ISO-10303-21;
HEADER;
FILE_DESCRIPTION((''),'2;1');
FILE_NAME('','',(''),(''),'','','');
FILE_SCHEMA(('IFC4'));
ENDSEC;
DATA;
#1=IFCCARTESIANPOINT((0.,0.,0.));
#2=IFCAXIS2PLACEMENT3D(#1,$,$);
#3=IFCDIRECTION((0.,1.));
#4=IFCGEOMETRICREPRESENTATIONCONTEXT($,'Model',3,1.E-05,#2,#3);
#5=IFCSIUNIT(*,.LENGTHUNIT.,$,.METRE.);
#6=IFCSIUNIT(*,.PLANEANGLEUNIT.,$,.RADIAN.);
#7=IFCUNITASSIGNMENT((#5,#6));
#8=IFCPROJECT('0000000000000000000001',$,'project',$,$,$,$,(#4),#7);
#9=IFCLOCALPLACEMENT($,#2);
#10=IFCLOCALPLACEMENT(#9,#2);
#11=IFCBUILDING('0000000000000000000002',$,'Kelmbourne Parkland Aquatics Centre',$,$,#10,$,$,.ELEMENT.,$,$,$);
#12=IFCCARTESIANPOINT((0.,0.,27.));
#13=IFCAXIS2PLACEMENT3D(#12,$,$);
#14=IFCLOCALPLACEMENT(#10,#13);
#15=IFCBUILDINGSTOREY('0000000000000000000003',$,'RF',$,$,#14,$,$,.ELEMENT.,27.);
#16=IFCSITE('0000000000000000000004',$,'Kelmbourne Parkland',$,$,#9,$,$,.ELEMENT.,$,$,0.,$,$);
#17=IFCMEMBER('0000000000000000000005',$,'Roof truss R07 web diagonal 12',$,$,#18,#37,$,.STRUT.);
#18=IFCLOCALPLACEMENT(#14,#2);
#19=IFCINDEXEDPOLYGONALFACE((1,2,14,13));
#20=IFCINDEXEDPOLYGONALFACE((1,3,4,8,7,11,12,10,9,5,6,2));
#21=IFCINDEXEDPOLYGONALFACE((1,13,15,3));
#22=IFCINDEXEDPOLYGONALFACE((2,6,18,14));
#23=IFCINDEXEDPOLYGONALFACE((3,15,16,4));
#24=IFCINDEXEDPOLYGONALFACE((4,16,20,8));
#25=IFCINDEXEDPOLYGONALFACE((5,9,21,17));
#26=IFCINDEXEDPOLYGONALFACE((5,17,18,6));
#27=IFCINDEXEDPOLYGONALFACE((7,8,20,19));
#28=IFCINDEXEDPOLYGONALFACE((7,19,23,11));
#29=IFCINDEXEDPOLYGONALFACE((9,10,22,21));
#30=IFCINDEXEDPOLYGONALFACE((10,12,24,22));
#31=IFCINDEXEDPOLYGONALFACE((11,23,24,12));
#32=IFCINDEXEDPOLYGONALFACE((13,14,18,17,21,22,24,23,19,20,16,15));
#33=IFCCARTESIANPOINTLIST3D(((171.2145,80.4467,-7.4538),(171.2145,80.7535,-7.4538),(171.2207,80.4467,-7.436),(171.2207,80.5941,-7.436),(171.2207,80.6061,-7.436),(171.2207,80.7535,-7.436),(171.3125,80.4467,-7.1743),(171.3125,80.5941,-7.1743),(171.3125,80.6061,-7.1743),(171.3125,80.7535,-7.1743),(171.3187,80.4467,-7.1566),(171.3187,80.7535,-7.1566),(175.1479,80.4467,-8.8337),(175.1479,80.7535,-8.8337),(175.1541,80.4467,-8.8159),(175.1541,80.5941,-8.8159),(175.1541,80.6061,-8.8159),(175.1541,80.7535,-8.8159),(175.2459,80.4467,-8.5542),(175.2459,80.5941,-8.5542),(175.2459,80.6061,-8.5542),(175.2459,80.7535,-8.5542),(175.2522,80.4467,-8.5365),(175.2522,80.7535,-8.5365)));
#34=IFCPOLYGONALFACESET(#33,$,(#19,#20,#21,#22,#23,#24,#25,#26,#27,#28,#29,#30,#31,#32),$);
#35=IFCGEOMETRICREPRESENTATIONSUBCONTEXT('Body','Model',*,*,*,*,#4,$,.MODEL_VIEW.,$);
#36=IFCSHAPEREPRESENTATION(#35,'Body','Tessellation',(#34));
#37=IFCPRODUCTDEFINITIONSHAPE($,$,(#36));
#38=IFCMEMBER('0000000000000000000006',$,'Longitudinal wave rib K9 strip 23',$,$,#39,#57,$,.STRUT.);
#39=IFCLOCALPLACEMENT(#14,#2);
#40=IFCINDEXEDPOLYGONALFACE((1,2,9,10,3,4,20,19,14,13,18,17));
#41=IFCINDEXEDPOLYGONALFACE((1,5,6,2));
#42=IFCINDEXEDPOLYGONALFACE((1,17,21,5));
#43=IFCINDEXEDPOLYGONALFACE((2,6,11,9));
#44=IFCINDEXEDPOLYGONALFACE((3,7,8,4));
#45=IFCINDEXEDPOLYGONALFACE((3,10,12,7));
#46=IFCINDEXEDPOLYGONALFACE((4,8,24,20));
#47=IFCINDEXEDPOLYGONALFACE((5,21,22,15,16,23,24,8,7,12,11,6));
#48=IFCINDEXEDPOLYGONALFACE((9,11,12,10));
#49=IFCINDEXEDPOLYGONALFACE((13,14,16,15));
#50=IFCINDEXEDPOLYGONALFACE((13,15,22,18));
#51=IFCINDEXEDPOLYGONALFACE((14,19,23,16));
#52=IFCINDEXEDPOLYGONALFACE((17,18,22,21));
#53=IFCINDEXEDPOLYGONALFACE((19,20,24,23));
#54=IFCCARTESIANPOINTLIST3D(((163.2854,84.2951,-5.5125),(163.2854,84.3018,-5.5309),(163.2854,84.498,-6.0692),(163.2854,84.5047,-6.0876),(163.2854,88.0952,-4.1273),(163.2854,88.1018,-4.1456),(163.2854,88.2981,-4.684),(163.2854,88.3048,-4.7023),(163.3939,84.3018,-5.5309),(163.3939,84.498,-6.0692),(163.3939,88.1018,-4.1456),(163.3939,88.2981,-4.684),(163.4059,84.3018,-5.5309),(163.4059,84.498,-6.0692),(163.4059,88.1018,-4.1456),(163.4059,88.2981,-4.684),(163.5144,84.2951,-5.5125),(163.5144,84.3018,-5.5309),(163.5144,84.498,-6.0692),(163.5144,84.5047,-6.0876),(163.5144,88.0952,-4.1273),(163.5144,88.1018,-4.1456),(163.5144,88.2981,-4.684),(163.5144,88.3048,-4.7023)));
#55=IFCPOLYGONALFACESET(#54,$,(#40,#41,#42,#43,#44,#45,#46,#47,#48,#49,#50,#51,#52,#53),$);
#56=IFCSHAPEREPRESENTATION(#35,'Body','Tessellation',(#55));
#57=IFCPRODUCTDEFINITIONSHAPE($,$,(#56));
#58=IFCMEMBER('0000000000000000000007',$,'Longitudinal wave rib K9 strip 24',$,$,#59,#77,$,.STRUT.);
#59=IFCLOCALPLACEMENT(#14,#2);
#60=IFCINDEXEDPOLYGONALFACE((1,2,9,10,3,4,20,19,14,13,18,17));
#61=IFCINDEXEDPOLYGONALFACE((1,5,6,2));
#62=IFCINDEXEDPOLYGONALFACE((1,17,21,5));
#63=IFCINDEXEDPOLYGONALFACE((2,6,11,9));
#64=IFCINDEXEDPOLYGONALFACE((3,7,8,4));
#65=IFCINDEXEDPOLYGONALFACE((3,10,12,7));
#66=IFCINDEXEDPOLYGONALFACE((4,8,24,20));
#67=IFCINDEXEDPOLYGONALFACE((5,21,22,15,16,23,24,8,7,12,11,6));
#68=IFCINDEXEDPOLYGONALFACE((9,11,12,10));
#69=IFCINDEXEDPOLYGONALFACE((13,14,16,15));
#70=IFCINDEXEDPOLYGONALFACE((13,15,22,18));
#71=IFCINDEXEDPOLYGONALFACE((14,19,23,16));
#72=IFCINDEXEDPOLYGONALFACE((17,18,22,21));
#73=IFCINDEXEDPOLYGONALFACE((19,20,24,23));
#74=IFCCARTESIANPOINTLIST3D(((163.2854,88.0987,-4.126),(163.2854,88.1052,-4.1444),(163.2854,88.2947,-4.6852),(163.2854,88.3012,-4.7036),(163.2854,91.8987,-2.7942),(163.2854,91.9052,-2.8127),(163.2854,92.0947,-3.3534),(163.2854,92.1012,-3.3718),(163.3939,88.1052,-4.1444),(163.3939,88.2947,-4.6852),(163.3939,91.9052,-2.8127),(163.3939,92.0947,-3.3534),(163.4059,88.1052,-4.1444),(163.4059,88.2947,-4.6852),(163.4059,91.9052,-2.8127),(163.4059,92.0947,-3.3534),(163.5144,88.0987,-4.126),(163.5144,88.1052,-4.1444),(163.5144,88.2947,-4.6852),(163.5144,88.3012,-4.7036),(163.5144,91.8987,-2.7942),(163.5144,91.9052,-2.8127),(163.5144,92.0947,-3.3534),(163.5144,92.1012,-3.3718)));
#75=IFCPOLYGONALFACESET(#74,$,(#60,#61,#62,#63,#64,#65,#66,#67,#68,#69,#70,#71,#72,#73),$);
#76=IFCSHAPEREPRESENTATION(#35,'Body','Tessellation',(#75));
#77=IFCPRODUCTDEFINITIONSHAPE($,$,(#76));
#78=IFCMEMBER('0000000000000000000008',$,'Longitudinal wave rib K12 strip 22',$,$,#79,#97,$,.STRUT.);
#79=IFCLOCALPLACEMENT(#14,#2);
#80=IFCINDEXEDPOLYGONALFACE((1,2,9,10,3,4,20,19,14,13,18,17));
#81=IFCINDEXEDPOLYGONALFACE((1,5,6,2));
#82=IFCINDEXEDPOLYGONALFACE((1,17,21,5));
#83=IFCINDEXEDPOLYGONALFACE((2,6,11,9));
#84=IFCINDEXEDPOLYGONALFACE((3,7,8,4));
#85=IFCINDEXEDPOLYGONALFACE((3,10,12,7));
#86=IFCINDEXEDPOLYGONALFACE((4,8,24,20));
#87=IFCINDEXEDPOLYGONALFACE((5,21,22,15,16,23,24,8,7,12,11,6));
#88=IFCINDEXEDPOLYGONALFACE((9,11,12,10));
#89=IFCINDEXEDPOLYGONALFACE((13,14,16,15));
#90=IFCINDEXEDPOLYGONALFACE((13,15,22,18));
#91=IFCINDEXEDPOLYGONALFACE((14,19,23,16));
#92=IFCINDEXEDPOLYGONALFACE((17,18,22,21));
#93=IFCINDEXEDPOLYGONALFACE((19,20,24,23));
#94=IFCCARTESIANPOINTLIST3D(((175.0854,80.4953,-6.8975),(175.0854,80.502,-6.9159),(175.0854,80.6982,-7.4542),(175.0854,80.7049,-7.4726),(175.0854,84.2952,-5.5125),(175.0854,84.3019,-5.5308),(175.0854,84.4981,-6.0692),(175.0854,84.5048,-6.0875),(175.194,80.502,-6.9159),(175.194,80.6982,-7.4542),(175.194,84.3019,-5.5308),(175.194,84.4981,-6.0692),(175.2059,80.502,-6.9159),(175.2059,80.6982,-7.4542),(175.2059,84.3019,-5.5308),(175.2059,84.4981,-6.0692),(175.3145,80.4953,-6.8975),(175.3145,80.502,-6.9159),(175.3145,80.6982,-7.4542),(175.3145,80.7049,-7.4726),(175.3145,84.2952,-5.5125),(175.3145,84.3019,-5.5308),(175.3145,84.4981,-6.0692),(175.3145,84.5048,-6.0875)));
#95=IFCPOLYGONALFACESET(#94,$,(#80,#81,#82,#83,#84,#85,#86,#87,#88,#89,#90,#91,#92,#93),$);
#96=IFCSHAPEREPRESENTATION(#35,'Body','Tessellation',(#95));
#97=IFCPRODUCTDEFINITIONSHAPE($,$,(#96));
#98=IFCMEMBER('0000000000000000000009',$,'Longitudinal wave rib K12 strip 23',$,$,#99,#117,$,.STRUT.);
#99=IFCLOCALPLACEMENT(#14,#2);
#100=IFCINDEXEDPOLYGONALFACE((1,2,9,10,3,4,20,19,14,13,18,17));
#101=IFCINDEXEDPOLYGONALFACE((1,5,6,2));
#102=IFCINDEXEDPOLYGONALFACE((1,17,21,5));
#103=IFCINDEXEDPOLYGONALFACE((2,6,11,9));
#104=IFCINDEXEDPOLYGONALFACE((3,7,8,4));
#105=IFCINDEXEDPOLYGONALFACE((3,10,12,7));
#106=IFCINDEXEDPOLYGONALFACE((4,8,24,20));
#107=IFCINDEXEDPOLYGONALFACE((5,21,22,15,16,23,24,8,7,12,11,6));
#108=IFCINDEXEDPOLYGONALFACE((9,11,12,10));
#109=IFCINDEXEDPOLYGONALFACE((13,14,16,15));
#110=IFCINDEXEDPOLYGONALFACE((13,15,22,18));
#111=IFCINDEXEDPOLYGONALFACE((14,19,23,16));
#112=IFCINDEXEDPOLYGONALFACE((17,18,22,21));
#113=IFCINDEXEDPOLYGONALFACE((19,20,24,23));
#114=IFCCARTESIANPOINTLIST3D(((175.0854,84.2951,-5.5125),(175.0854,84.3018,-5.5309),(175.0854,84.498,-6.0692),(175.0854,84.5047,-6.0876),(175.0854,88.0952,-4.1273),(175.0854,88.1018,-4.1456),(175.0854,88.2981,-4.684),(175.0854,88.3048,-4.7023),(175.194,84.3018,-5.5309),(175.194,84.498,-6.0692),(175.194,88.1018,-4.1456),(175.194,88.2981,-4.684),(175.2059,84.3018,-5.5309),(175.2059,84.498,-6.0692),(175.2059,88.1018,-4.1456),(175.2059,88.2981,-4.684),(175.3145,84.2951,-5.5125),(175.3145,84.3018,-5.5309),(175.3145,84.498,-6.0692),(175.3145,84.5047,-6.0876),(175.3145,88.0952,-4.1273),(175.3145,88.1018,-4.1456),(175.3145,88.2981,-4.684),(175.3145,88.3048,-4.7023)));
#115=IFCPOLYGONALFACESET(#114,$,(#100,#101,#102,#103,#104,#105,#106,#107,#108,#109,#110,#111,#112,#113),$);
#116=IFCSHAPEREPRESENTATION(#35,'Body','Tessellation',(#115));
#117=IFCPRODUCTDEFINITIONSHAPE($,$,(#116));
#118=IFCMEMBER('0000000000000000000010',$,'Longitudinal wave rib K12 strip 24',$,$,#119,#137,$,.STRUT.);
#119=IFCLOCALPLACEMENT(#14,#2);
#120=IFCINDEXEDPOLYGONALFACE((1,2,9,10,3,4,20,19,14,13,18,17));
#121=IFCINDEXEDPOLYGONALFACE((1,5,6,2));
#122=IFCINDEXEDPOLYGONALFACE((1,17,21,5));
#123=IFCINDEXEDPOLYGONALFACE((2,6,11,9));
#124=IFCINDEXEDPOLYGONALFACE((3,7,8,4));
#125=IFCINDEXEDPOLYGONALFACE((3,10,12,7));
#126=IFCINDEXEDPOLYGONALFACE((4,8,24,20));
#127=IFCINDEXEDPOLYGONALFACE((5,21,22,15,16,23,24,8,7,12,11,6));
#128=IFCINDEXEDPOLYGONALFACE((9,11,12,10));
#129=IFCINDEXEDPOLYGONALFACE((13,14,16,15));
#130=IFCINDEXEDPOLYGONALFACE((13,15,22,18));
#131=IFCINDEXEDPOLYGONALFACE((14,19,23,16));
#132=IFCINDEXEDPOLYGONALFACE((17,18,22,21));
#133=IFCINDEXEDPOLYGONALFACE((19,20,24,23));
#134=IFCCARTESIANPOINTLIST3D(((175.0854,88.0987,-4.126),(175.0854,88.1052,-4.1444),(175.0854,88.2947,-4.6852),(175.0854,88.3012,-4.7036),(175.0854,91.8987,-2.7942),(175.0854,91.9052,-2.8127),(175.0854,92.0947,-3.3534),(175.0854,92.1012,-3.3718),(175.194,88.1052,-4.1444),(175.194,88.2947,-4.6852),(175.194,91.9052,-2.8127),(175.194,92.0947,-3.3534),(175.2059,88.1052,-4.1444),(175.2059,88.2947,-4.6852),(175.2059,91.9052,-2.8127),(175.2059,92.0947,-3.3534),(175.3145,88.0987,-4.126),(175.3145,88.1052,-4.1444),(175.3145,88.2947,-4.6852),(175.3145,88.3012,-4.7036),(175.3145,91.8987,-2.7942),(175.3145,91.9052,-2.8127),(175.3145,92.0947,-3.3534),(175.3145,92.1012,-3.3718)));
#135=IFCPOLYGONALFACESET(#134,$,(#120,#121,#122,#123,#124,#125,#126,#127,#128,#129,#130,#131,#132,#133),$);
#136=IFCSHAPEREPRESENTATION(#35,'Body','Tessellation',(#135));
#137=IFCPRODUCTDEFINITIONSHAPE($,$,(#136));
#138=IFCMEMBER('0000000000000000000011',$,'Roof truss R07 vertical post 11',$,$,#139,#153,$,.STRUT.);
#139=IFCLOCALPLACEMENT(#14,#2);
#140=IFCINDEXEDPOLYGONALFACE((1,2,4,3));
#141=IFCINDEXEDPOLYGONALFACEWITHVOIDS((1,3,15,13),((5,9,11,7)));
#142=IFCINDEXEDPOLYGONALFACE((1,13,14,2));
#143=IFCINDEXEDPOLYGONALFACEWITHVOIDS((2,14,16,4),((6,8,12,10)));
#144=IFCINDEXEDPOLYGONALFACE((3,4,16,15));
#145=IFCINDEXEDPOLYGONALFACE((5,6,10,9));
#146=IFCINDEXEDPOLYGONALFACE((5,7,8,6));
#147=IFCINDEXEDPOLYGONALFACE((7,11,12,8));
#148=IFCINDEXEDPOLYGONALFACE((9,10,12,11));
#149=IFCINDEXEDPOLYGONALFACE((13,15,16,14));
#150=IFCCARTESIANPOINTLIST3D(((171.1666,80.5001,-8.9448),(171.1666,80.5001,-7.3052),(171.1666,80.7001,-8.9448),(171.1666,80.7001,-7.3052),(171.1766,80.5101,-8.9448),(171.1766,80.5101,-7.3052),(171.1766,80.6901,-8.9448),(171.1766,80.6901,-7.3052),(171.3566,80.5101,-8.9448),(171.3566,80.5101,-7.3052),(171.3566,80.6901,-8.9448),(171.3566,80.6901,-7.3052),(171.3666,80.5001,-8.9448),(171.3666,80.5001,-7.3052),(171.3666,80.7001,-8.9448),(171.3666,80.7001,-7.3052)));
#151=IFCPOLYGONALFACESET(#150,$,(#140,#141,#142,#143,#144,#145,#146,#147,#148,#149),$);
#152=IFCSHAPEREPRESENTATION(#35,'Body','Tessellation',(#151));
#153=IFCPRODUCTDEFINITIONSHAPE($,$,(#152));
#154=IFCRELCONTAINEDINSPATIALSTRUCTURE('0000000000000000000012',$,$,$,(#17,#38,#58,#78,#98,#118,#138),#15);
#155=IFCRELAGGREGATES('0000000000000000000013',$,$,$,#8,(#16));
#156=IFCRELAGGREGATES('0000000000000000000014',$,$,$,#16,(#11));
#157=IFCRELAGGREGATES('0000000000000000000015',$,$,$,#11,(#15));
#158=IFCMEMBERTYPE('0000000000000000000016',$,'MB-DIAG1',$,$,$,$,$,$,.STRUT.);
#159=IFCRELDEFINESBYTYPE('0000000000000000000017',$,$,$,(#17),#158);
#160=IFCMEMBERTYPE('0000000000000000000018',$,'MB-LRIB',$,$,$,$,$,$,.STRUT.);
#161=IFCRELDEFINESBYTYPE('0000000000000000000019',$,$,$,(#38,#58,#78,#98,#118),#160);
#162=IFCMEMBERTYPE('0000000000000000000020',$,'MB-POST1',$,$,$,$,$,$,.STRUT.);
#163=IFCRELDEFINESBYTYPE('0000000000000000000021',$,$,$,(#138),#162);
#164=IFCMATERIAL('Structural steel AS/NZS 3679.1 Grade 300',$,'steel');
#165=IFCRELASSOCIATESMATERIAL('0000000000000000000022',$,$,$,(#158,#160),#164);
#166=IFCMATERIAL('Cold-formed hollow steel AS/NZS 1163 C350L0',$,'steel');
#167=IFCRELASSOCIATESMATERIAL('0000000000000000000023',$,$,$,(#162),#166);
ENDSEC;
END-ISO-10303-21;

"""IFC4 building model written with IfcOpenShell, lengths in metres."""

from ifc_helpers import new_model, si_unit, direction, frame, origin, origin_2d, place, context, subcontext, project, spatial, hollow_rectangle, i_section, extrude, material, material_profile, profile_set, type_object, element, save


model = new_model("IFC4")

# Units and contexts
model_context = context("Model", 3, precision=1e-05, world=origin(), true_north=direction((0.0, 1.0)))
body_context = subcontext(model_context, "Body", "Model", "MODEL_VIEW")
ifc_project = project(units=[si_unit("LENGTHUNIT", "METRE"), si_unit("PLANEANGLEUNIT", "RADIAN")], contexts=[model_context])

# Site, building, storey
site_placement = place(None, origin())
site = spatial("IfcSite", under=ifc_project, at=site_placement, Name="Kelmbourne Parkland", CompositionType="ELEMENT", RefElevation=0.0)
building_placement = place(site_placement, origin())
building = spatial("IfcBuilding", under=site, at=building_placement, Name="Kelmbourne Parkland Aquatics Centre", CompositionType="ELEMENT")
storey_placement = place(building_placement, frame((0.0, 0.0, 27.0)))
storey = spatial("IfcBuildingStorey", under=building, at=storey_placement, Name="RF", CompositionType="ELEMENT", Elevation=27.0)

# Members
ifc_material_1 = material(Name="Structural steel AS/NZS 3679.1 Grade 300", Category="steel")
ifc_material_profile_1 = material_profile(ifc_material_1, i_section(OverallWidth=0.3069, OverallDepth=0.3149, WebThickness=0.012, FlangeThickness=0.0188, at=origin_2d()), Name="310UC118")
ifc_profile_set_1 = profile_set([ifc_material_profile_1], Name="Structural steel AS/NZS 3679.1 Grade 300")
member_type_1 = type_object("IfcMemberType", Name="MB-DIAG1", PredefinedType="STRUT", material=ifc_profile_set_1)
member_1_placement = place(storey_placement, frame((171.2666, 80.6001, -7.3052), z_axis=(0.943618, 0.0, -0.331036), x_axis=(0.0, 1.0, 0.0)))
element("IfcMember", 1, at=member_1_placement, inside=storey, type_object=member_type_1, Name="Roof truss R07 web diagonal 12", PredefinedType="STRUT", context=body_context, shape_type="SweptSolid", body=[
    extrude(i_section(OverallWidth=0.3069, OverallDepth=0.3149, WebThickness=0.012, FlangeThickness=0.0188, at=origin_2d()), origin(), (0.0, 0.0, 1.0), 4.1685),
])
ifc_material_profile_2 = material_profile(ifc_material_1, i_section(OverallWidth=0.229, OverallDepth=0.6121, WebThickness=0.012, FlangeThickness=0.0195, at=origin_2d()), Name="610UB125")
ifc_profile_set_2 = profile_set([ifc_material_profile_2], Name="Structural steel AS/NZS 3679.1 Grade 300")
member_type_2 = type_object("IfcMemberType", Name="MB-LRIB", PredefinedType="STRUT", material=ifc_profile_set_2)
member_2_placement = place(storey_placement, frame((163.3999, 84.3999, -5.8), z_axis=(0.0, 0.939522, 0.342489), x_axis=(-1.0, 0.0, 0.0)))
element("IfcMember", 2, at=member_2_placement, inside=storey, type_object=member_type_2, Name="Longitudinal wave rib K9 strip 23", PredefinedType="STRUT", context=body_context, shape_type="SweptSolid", body=[
    extrude(i_section(OverallWidth=0.229, OverallDepth=0.6121, WebThickness=0.012, FlangeThickness=0.0195, at=origin_2d()), origin(), (0.0, 0.0, 1.0), 4.0447),
])
member_3_placement = place(storey_placement, frame((163.3999, 88.2, -4.4148), z_axis=(0.0, 0.943721, 0.330742), x_axis=(-1.0, 0.0, 0.0)))
element("IfcMember", 3, at=member_3_placement, inside=storey, type_object=member_type_2, Name="Longitudinal wave rib K9 strip 24", PredefinedType="STRUT", context=body_context, shape_type="SweptSolid", body=[
    extrude(i_section(OverallWidth=0.229, OverallDepth=0.6121, WebThickness=0.012, FlangeThickness=0.0195, at=origin_2d()), origin(), (0.0, 0.0, 1.0), 4.0266),
])
member_4_placement = place(storey_placement, frame((175.2, 80.6001, -7.1851), z_axis=(0.0, 0.939534, 0.342455), x_axis=(-1.0, 0.0, 0.0)))
element("IfcMember", 4, at=member_4_placement, inside=storey, type_object=member_type_2, Name="Longitudinal wave rib K12 strip 22", PredefinedType="STRUT", context=body_context, shape_type="SweptSolid", body=[
    extrude(i_section(OverallWidth=0.229, OverallDepth=0.6121, WebThickness=0.012, FlangeThickness=0.0195, at=origin_2d()), origin(), (0.0, 0.0, 1.0), 4.0444),
])
member_5_placement = place(storey_placement, frame((175.2, 84.3999, -5.8), z_axis=(0.0, 0.939522, 0.342489), x_axis=(-1.0, 0.0, 0.0)))
element("IfcMember", 5, at=member_5_placement, inside=storey, type_object=member_type_2, Name="Longitudinal wave rib K12 strip 23", PredefinedType="STRUT", context=body_context, shape_type="SweptSolid", body=[
    extrude(i_section(OverallWidth=0.229, OverallDepth=0.6121, WebThickness=0.012, FlangeThickness=0.0195, at=origin_2d()), origin(), (0.0, 0.0, 1.0), 4.0447),
])
member_6_placement = place(storey_placement, frame((175.2, 88.2, -4.4148), z_axis=(0.0, 0.943721, 0.330742), x_axis=(-1.0, 0.0, 0.0)))
element("IfcMember", 6, at=member_6_placement, inside=storey, type_object=member_type_2, Name="Longitudinal wave rib K12 strip 24", PredefinedType="STRUT", context=body_context, shape_type="SweptSolid", body=[
    extrude(i_section(OverallWidth=0.229, OverallDepth=0.6121, WebThickness=0.012, FlangeThickness=0.0195, at=origin_2d()), origin(), (0.0, 0.0, 1.0), 4.0266),
])
ifc_material_2 = material(Name="Cold-formed hollow steel AS/NZS 1163 C350L0", Category="steel")
ifc_material_profile_3 = material_profile(ifc_material_2, hollow_rectangle(XDim=0.2, YDim=0.2, WallThickness=0.01, at=origin_2d()), Name="SHS 200x200x10.0")
ifc_profile_set_3 = profile_set([ifc_material_profile_3], Name="Cold-formed hollow steel AS/NZS 1163 C350L0")
member_type_3 = type_object("IfcMemberType", Name="MB-POST1", PredefinedType="STRUT", material=ifc_profile_set_3)
member_7_placement = place(storey_placement, frame((171.2666, 80.6001, -8.9448), z_axis=(0.0, 0.0, 1.0), x_axis=(1.0, 0.0, 0.0)))
element("IfcMember", 7, at=member_7_placement, inside=storey, type_object=member_type_3, Name="Roof truss R07 vertical post 11", PredefinedType="STRUT", context=body_context, shape_type="SweptSolid", body=[
    extrude(hollow_rectangle(XDim=0.2, YDim=0.2, WallThickness=0.01, at=origin_2d()), origin(), (0.0, 0.0, 1.0), 1.6396),
])

save(model, "model.ifc")
